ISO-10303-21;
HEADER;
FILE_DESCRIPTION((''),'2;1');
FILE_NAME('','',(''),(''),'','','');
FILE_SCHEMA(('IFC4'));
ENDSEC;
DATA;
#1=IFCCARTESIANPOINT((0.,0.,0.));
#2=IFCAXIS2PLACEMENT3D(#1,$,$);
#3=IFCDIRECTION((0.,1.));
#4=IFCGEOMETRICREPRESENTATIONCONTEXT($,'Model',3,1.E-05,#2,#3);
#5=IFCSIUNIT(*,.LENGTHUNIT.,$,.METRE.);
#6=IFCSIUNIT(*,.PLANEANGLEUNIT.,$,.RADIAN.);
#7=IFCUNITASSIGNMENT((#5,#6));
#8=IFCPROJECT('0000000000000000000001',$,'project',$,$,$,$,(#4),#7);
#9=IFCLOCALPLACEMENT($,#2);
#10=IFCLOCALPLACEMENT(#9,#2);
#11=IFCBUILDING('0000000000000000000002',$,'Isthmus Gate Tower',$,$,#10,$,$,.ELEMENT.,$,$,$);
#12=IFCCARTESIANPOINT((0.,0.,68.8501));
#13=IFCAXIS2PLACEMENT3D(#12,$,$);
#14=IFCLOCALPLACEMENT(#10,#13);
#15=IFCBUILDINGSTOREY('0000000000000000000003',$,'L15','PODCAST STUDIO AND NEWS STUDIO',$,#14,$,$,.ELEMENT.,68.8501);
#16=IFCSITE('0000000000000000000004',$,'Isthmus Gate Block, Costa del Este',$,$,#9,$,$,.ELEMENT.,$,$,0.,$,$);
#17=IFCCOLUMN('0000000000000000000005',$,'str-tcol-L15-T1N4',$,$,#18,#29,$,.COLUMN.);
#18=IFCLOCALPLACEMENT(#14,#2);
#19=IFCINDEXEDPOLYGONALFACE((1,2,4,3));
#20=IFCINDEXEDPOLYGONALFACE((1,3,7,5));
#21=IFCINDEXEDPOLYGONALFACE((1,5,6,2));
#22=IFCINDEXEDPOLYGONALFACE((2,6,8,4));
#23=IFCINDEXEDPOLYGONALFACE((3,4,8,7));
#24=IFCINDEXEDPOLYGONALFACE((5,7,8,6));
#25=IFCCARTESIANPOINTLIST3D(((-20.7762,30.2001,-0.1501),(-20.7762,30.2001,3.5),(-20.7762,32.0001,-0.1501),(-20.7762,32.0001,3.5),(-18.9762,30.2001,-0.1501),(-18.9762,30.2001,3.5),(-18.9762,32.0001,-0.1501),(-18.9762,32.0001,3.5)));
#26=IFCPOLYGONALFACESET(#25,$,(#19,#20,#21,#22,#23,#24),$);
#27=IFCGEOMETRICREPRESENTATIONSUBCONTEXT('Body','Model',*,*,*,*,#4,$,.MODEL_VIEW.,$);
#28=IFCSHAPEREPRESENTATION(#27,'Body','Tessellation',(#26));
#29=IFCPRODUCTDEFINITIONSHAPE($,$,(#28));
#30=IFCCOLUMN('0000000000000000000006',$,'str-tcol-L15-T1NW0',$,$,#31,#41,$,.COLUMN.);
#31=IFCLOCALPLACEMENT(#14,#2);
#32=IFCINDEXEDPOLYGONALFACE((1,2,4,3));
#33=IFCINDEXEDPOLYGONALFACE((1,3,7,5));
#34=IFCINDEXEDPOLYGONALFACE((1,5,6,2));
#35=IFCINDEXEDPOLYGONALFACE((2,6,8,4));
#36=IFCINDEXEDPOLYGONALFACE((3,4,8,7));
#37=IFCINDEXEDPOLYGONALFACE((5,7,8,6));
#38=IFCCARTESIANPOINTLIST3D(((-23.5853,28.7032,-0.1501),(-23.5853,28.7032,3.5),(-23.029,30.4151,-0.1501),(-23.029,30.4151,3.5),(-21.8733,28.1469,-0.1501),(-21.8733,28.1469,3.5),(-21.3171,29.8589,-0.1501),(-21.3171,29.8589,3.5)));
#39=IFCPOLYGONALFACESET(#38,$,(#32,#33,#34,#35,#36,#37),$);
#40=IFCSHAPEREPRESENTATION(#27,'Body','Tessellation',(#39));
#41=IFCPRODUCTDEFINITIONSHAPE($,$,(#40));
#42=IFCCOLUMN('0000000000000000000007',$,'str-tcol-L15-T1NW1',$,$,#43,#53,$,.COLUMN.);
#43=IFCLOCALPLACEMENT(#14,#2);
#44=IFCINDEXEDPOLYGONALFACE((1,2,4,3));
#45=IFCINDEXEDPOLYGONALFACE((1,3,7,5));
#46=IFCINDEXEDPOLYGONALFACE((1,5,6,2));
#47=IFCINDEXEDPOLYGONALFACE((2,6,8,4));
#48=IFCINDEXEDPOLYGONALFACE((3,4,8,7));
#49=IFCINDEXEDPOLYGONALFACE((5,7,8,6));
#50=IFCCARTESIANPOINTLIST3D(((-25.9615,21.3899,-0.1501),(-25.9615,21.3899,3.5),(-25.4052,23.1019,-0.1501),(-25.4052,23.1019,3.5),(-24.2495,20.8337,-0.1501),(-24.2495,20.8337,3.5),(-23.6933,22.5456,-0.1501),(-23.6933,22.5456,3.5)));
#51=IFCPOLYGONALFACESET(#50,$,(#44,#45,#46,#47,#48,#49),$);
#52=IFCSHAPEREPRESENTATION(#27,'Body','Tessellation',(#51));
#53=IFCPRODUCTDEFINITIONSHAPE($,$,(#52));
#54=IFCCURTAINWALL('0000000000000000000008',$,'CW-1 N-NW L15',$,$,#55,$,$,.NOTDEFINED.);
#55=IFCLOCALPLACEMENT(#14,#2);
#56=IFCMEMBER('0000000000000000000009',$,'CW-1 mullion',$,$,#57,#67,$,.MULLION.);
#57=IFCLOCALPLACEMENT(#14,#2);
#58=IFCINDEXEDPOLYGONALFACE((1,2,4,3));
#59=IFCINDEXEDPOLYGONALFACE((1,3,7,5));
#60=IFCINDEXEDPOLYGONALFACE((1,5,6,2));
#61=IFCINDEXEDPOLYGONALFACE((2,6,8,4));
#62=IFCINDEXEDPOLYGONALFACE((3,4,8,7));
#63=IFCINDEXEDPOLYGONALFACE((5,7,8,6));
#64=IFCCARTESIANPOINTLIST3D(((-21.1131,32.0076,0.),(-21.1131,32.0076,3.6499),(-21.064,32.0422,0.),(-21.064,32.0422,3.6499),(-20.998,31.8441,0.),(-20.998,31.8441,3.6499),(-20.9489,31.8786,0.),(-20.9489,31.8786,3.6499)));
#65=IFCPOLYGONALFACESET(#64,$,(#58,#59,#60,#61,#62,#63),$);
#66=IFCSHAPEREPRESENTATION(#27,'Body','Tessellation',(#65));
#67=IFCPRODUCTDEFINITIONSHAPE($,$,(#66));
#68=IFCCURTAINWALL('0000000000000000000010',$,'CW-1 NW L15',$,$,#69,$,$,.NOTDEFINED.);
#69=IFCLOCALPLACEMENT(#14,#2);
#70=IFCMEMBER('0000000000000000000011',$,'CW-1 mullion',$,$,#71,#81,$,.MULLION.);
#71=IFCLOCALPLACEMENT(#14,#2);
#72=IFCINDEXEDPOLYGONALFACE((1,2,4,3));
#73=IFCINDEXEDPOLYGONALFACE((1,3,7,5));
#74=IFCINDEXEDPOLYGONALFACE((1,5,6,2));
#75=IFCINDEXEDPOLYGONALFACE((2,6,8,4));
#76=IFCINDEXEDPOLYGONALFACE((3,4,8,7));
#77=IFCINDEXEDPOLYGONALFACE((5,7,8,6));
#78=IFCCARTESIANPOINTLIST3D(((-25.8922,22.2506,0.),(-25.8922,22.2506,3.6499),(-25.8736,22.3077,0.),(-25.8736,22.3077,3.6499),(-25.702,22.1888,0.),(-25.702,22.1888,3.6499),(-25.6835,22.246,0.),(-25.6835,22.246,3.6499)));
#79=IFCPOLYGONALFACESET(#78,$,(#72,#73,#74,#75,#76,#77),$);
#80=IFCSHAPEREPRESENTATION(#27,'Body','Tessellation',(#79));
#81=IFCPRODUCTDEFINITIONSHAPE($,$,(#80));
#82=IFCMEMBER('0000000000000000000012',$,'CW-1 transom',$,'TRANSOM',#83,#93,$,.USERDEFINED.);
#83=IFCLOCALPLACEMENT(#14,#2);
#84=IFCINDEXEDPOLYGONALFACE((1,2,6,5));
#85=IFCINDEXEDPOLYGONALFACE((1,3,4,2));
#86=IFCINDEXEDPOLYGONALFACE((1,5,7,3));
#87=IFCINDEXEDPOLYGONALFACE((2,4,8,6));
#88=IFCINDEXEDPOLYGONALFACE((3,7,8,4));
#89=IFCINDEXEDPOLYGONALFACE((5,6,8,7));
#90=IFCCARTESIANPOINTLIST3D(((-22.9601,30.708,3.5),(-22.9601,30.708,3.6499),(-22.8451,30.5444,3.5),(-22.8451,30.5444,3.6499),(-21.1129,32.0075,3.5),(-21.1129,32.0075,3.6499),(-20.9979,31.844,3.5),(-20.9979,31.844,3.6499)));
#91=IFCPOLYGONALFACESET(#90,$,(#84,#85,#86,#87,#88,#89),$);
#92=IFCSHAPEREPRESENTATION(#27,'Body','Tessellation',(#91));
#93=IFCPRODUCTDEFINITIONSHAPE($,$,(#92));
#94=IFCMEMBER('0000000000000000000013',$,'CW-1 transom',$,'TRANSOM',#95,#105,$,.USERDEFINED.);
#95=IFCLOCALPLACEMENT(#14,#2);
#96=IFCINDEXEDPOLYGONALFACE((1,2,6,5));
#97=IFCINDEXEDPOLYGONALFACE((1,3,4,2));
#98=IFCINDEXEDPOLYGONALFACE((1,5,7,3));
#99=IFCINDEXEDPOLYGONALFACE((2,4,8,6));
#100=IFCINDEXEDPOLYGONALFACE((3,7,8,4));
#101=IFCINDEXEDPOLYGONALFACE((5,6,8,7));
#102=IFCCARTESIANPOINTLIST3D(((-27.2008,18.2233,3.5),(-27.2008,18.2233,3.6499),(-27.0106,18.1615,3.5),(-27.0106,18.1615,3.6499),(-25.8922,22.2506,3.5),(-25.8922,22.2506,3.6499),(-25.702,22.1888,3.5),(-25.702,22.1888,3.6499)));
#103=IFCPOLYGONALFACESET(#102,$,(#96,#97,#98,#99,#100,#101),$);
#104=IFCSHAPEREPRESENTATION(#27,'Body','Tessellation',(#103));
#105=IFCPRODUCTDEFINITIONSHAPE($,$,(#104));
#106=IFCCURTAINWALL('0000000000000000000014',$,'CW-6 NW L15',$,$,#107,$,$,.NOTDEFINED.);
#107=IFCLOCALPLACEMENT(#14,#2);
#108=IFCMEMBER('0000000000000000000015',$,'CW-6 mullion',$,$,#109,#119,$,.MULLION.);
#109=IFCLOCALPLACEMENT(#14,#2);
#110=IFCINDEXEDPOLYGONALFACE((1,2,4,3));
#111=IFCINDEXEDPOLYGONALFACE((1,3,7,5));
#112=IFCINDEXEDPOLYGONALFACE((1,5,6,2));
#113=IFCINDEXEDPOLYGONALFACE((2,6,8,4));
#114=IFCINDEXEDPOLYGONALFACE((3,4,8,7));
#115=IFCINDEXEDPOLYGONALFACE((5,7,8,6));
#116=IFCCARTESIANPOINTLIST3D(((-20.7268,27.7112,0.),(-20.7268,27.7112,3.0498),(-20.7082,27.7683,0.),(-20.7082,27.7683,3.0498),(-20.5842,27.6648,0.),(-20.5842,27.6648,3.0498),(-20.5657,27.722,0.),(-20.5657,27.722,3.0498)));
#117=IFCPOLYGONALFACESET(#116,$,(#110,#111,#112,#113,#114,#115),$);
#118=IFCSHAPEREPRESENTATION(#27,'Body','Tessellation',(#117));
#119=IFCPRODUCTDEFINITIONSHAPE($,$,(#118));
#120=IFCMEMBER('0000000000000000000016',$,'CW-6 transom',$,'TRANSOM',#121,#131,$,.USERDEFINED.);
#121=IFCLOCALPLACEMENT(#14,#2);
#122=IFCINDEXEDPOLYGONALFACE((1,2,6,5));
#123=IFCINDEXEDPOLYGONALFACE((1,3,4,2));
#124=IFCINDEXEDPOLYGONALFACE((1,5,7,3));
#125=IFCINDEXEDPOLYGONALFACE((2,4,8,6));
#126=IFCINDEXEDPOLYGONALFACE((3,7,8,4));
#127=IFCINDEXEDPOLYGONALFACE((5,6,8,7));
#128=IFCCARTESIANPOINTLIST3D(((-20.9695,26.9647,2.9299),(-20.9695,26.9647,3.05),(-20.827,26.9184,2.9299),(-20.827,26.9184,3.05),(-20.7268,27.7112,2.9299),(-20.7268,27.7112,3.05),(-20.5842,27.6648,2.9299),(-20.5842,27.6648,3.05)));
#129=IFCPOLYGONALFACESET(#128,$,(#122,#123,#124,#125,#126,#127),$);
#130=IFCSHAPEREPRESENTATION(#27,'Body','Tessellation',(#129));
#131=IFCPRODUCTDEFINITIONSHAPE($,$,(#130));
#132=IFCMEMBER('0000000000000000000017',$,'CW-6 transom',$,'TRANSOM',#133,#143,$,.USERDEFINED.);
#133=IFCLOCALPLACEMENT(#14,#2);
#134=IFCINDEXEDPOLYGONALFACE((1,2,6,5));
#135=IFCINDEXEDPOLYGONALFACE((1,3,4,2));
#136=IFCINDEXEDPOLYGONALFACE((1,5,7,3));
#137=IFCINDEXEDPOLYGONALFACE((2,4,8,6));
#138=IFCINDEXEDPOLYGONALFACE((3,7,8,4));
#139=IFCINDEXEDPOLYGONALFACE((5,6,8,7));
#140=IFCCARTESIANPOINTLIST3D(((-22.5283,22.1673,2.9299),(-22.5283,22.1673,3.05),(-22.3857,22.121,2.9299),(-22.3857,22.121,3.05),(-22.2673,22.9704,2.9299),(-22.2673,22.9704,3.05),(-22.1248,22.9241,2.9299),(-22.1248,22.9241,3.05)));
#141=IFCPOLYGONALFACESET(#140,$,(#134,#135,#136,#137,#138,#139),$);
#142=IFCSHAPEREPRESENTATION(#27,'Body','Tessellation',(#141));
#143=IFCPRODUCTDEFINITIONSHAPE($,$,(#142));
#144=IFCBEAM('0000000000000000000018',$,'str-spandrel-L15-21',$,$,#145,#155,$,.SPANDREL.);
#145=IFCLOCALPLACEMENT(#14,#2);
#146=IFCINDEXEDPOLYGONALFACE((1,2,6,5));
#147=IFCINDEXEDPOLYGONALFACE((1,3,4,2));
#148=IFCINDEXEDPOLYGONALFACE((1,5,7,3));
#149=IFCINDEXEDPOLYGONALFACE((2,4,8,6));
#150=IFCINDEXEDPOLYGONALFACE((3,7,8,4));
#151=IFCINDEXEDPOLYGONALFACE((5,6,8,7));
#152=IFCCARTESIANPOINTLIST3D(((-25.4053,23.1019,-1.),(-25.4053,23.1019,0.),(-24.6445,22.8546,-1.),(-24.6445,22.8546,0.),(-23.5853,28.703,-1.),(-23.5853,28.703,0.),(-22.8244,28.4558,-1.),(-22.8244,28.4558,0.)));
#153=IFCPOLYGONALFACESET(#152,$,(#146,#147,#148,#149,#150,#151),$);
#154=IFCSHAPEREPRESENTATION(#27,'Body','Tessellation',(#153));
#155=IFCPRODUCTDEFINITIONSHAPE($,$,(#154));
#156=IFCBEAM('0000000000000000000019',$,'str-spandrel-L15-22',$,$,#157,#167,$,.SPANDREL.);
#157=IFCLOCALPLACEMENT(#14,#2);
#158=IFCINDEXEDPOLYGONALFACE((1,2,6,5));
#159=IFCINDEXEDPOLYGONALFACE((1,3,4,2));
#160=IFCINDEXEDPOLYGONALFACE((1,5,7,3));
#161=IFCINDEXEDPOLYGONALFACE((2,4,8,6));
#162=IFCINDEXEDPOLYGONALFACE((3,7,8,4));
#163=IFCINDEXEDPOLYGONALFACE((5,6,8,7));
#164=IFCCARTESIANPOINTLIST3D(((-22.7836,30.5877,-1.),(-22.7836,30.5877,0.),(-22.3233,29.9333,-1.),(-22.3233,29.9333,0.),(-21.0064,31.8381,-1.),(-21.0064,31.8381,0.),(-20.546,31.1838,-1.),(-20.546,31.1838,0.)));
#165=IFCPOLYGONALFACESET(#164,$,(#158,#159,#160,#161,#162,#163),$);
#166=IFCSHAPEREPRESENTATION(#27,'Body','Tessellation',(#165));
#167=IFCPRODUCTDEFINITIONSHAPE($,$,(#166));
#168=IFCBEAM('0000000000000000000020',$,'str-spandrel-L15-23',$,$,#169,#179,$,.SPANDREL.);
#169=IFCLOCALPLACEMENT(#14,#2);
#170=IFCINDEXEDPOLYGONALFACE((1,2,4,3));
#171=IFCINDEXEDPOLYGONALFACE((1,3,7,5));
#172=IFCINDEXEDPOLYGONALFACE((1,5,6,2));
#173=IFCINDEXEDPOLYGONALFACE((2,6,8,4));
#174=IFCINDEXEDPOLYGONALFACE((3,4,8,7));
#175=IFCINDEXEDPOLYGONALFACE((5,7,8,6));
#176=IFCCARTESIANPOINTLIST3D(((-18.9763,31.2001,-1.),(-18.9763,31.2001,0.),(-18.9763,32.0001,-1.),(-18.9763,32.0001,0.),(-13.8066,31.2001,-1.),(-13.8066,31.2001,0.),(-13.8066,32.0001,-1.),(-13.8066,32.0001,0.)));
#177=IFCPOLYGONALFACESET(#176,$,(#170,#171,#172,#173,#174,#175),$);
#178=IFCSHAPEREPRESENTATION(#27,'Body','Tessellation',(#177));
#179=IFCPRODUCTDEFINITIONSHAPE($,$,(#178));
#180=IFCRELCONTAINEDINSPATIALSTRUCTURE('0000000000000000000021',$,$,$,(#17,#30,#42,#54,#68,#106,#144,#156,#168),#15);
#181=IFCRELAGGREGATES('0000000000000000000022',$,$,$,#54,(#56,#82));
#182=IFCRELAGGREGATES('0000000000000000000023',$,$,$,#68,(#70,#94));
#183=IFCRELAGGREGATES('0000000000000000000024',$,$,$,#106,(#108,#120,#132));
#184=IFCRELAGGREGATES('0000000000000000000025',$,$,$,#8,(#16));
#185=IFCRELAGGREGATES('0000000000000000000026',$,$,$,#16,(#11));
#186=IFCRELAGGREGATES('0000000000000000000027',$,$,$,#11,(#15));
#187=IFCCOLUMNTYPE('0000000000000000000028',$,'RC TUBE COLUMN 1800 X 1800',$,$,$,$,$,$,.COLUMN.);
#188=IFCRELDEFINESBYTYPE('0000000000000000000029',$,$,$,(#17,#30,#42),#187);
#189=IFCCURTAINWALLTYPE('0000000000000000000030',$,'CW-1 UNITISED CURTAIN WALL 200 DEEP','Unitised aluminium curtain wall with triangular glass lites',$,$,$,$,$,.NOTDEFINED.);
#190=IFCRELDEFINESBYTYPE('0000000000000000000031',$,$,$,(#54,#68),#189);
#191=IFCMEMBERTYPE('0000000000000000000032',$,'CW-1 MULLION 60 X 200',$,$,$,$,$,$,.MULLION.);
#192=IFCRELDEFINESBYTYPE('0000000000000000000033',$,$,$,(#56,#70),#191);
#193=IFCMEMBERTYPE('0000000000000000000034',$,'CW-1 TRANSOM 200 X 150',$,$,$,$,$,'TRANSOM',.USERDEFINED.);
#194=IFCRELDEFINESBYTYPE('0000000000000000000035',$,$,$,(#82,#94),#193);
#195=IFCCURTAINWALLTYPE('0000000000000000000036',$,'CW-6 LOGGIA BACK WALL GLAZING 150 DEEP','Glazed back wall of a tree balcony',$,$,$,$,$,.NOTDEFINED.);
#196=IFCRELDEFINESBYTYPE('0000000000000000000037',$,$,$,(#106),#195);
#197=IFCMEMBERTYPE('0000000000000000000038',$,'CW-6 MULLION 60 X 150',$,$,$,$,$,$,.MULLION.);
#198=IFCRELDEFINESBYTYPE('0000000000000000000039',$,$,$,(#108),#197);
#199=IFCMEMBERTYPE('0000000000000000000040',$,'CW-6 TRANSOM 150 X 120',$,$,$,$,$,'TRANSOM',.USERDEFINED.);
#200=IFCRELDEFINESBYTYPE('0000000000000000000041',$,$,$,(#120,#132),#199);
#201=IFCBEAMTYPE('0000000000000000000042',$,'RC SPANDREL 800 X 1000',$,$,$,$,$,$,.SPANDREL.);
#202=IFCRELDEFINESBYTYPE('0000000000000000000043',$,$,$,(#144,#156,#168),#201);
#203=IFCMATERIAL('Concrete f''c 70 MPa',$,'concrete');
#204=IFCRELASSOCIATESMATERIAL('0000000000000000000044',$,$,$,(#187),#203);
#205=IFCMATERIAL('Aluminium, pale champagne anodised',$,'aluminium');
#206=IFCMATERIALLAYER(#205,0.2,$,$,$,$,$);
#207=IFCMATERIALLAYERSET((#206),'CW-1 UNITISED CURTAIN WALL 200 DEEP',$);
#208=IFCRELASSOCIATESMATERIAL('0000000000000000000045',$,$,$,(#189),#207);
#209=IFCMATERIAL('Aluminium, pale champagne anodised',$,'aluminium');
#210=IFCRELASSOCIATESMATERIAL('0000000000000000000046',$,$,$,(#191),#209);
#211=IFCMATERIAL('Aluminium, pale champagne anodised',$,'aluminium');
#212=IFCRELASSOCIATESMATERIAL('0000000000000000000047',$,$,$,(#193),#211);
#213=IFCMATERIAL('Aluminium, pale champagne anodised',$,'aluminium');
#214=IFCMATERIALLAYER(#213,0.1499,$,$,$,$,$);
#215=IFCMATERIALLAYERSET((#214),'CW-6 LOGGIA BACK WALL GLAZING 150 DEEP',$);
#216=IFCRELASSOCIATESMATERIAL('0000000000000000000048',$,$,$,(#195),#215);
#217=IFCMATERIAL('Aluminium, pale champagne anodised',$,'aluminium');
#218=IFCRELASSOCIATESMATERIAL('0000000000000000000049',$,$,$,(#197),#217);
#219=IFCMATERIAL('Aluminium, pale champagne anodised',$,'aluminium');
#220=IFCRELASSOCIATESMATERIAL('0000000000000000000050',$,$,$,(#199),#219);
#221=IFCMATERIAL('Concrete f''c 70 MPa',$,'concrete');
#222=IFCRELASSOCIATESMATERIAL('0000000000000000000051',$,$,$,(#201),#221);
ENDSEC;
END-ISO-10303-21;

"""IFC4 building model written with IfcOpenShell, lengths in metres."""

from ifc_helpers import new_model, si_unit, direction, frame, origin, origin_2d, place, context, subcontext, project, spatial, rectangle, extrude, material, layer, layer_set, material_profile, profile_set, type_object, element, aggregate, save


model = new_model("IFC4")

# Units and contexts
model_context = context("Model", 3, precision=1e-05, world=origin(), true_north=direction((0.0, 1.0)))
body_context = subcontext(model_context, "Body", "Model", "MODEL_VIEW")
ifc_project = project(units=[si_unit("LENGTHUNIT", "METRE"), si_unit("PLANEANGLEUNIT", "RADIAN")], contexts=[model_context])

# Site, building, storey
site_placement = place(None, origin())
site = spatial("IfcSite", under=ifc_project, at=site_placement, Name="Isthmus Gate Block, Costa del Este", CompositionType="ELEMENT", RefElevation=0.0)
building_placement = place(site_placement, origin())
building = spatial("IfcBuilding", under=site, at=building_placement, Name="Isthmus Gate Tower", CompositionType="ELEMENT")
storey_placement = place(building_placement, frame((0.0, 0.0, 68.8501)))
storey = spatial("IfcBuildingStorey", under=building, at=storey_placement, Name="L15", Description="PODCAST STUDIO AND NEWS STUDIO", CompositionType="ELEMENT", Elevation=68.8501)

# Columns
ifc_material_1 = material(Name="Concrete f'c 70 MPa", Category="concrete")
ifc_material_profile_1 = material_profile(ifc_material_1, rectangle(XDim=1.8, YDim=1.8, at=origin_2d()), Name="RC 1800X1800")
ifc_profile_set_1 = profile_set([ifc_material_profile_1], Name="Concrete f'c 70 MPa")
column_type = type_object("IfcColumnType", Name="RC TUBE COLUMN 1800 X 1800", PredefinedType="COLUMN", material=ifc_profile_set_1)
for number, where, z_axis, x_axis, name in (
    (1, (-19.8762, 31.1001, -0.1501), (0.0, 0.0, 1.0), (-1.0, 0.0, 0.0), "str-tcol-L15-T1N4"),
    (2, (-22.4512, 29.281, -0.1501), (0.0, 0.0, 1.0), (-0.309017, -0.951057, 0.0), "str-tcol-L15-T1NW0"),
    (3, (-24.8274, 21.9678, -0.1501), (0.0, 0.0, 1.0), (-0.309017, -0.951057, 0.0), "str-tcol-L15-T1NW1"),
):
    element("IfcColumn", number, at=place(storey_placement, frame(where, z_axis=z_axis, x_axis=x_axis)), inside=storey, type_object=column_type, Name=name, PredefinedType="COLUMN", context=body_context, shape_type="SweptSolid", body=[
        extrude(rectangle(XDim=1.8, YDim=1.8, at=origin_2d()), origin(), (0.0, 0.0, 1.0), 3.6501),
    ])

# Curtain walls, members
ifc_material_2 = material(Name="Aluminium, pale champagne anodised", Category="aluminium")
ifc_layer_1 = layer(ifc_material_2, 0.2)
ifc_layer_set_1 = layer_set([ifc_layer_1], Name="CW-1 UNITISED CURTAIN WALL 200 DEEP")
curtain_wall_type_1 = type_object("IfcCurtainWallType", Name="CW-1 UNITISED CURTAIN WALL 200 DEEP", Description="Unitised aluminium curtain wall with triangular glass lites", PredefinedType="NOTDEFINED", material=ifc_layer_set_1)
curtain_wall_1_placement = place(storey_placement, origin())
curtain_wall_1 = element("IfcCurtainWall", 4, at=curtain_wall_1_placement, inside=storey, type_object=curtain_wall_type_1, Name="CW-1 N-NW L15", PredefinedType="NOTDEFINED")
ifc_material_3 = material(Name="Aluminium, pale champagne anodised", Category="aluminium")
ifc_material_profile_2 = material_profile(ifc_material_3, rectangle(XDim=0.0601, YDim=0.2, at=origin_2d()), Name="60x200")
ifc_profile_set_2 = profile_set([ifc_material_profile_2], Name="Aluminium, pale champagne anodised")
member_type_1 = type_object("IfcMemberType", Name="CW-1 MULLION 60 X 200", PredefinedType="MULLION", material=ifc_profile_set_2)
member_1_placement = place(storey_placement, frame((-21.031, 31.9431, 0.0), z_axis=(0.0, 0.0, 1.0), x_axis=(-0.81786, -0.575418, 0.0)))
member_1 = element("IfcMember", 5, at=member_1_placement, type_object=member_type_1, Name="CW-1 mullion", PredefinedType="MULLION", context=body_context, shape_type="SweptSolid", body=[
    extrude(rectangle(XDim=0.0601, YDim=0.2, at=origin_2d()), origin(), (0.0, 0.0, 1.0), 3.6499),
])
curtain_wall_2_placement = place(storey_placement, origin())
curtain_wall_2 = element("IfcCurtainWall", 6, at=curtain_wall_2_placement, inside=storey, type_object=curtain_wall_type_1, Name="CW-1 NW L15", PredefinedType="NOTDEFINED")
member_2_placement = place(storey_placement, frame((-25.7878, 22.2483, 0.0), z_axis=(0.0, 0.0, 1.0), x_axis=(-0.309017, -0.951057, 0.0)))
member_2 = element("IfcMember", 7, at=member_2_placement, type_object=member_type_1, Name="CW-1 mullion", PredefinedType="MULLION", context=body_context, shape_type="SweptSolid", body=[
    extrude(rectangle(XDim=0.0601, YDim=0.2, at=origin_2d()), origin(), (0.0, 0.0, 1.0), 3.6499),
])

# Members
ifc_material_4 = material(Name="Aluminium, pale champagne anodised", Category="aluminium")
ifc_material_profile_3 = material_profile(ifc_material_4, rectangle(XDim=0.2, YDim=0.1499, at=origin_2d()), Name="200x150")
ifc_profile_set_3 = profile_set([ifc_material_profile_3], Name="Aluminium, pale champagne anodised")
member_type_2 = type_object("IfcMemberType", Name="CW-1 TRANSOM 200 X 150", ElementType="TRANSOM", PredefinedType="USERDEFINED", material=ifc_profile_set_3)
member_3_placement = place(storey_placement, frame((-21.0554, 31.9258, 3.575), z_axis=(-0.817869, -0.575405, 0.0), x_axis=(0.575405, -0.817869, 0.0)))
member_3 = element("IfcMember", 8, at=member_3_placement, type_object=member_type_2, Name="CW-1 transom", ObjectType="TRANSOM", PredefinedType="USERDEFINED", context=body_context, shape_type="SweptSolid", body=[
    extrude(rectangle(XDim=0.2, YDim=0.1499, at=origin_2d()), origin(), (0.0, 0.0, 1.0), 2.2585),
])
member_4_placement = place(storey_placement, frame((-25.7971, 22.2197, 3.575), z_axis=(-0.309023, -0.951054, 0.0), x_axis=(0.951054, -0.309023, 0.0)))
member_4 = element("IfcMember", 9, at=member_4_placement, type_object=member_type_2, Name="CW-1 transom", ObjectType="TRANSOM", PredefinedType="USERDEFINED", context=body_context, shape_type="SweptSolid", body=[
    extrude(rectangle(XDim=0.2, YDim=0.1499, at=origin_2d()), origin(), (0.0, 0.0, 1.0), 4.2346),
])

# Curtain wall, members
ifc_material_5 = material(Name="Aluminium, pale champagne anodised", Category="aluminium")
ifc_layer_2 = layer(ifc_material_5, 0.1499)
ifc_layer_set_2 = layer_set([ifc_layer_2], Name="CW-6 LOGGIA BACK WALL GLAZING 150 DEEP")
curtain_wall_type_2 = type_object("IfcCurtainWallType", Name="CW-6 LOGGIA BACK WALL GLAZING 150 DEEP", Description="Glazed back wall of a tree balcony", PredefinedType="NOTDEFINED", material=ifc_layer_set_2)
curtain_wall_3_placement = place(storey_placement, origin())
curtain_wall_3 = element("IfcCurtainWall", 10, at=curtain_wall_3_placement, inside=storey, type_object=curtain_wall_type_2, Name="CW-6 NW L15", PredefinedType="NOTDEFINED")
ifc_material_6 = material(Name="Aluminium, pale champagne anodised", Category="aluminium")
ifc_material_profile_4 = material_profile(ifc_material_6, rectangle(XDim=0.0601, YDim=0.1499, at=origin_2d()), Name="60x150")
ifc_profile_set_4 = profile_set([ifc_material_profile_4], Name="Aluminium, pale champagne anodised")
member_type_3 = type_object("IfcMemberType", Name="CW-6 MULLION 60 X 150", PredefinedType="MULLION", material=ifc_profile_set_4)
member_5_placement = place(storey_placement, frame((-20.6462, 27.7166, 0.0), z_axis=(0.0, 0.0, 1.0), x_axis=(-0.309017, -0.951057, 0.0)))
member_5 = element("IfcMember", 11, at=member_5_placement, type_object=member_type_3, Name="CW-6 mullion", PredefinedType="MULLION", context=body_context, shape_type="SweptSolid", body=[
    extrude(rectangle(XDim=0.0601, YDim=0.1499, at=origin_2d()), origin(), (0.0, 0.0, 1.0), 3.0498),
])
ifc_material_7 = material(Name="Aluminium, pale champagne anodised", Category="aluminium")
ifc_material_profile_5 = material_profile(ifc_material_7, rectangle(XDim=0.1499, YDim=0.1201, at=origin_2d()), Name="150x120")
ifc_profile_set_5 = profile_set([ifc_material_profile_5], Name="Aluminium, pale champagne anodised")
member_type_4 = type_object("IfcMemberType", Name="CW-6 TRANSOM 150 X 120", ElementType="TRANSOM", PredefinedType="USERDEFINED", material=ifc_profile_set_5)
member_6_placement = place(storey_placement, frame((-20.6555, 27.688, 2.99), z_axis=(-0.30922, -0.950991, 0.0), x_axis=(0.950991, -0.30922, 0.0)))
member_6 = element("IfcMember", 12, at=member_6_placement, type_object=member_type_4, Name="CW-6 transom", ObjectType="TRANSOM", PredefinedType="USERDEFINED", context=body_context, shape_type="SweptSolid", body=[
    extrude(rectangle(XDim=0.1499, YDim=0.1201, at=origin_2d()), origin(), (0.0, 0.0, 1.0), 0.7849),
])
member_7_placement = place(storey_placement, frame((-22.196, 22.9473, 2.99), z_axis=(-0.309021, -0.951055, 0.0), x_axis=(0.951055, -0.309021, 0.0)))
member_7 = element("IfcMember", 13, at=member_7_placement, type_object=member_type_4, Name="CW-6 transom", ObjectType="TRANSOM", PredefinedType="USERDEFINED", context=body_context, shape_type="SweptSolid", body=[
    extrude(rectangle(XDim=0.1499, YDim=0.1201, at=origin_2d()), origin(), (0.0, 0.0, 1.0), 0.8445),
])

# Beams
ifc_material_8 = material(Name="Concrete f'c 70 MPa", Category="concrete")
ifc_material_profile_6 = material_profile(ifc_material_8, rectangle(XDim=0.8, YDim=1.0, at=origin_2d()), Name="RC 800X1000")
ifc_profile_set_6 = profile_set([ifc_material_profile_6], Name="Concrete f'c 70 MPa")
beam_type_1 = type_object("IfcBeamType", Name="RC SPANDREL 800 X 1000", PredefinedType="SPANDREL", material=ifc_profile_set_6)
beam_1_placement = place(storey_placement, frame((-25.0249, 22.9783, -0.5), z_axis=(0.309043, 0.951048, 0.0), x_axis=(-0.951048, 0.309043, 0.0)))
element("IfcBeam", 14, at=beam_1_placement, inside=storey, type_object=beam_type_1, Name="str-spandrel-L15-21", PredefinedType="SPANDREL", context=body_context, shape_type="SweptSolid", body=[
    extrude(rectangle(XDim=0.8, YDim=1.0, at=origin_2d()), origin(), (0.0, 0.0, 1.0), 5.8894),
])
beam_2_placement = place(storey_placement, frame((-22.5535, 30.2605, -0.5), z_axis=(0.817857, 0.575421, 0.0), x_axis=(-0.575421, 0.817857, 0.0)))
element("IfcBeam", 15, at=beam_2_placement, inside=storey, type_object=beam_type_1, Name="str-spandrel-L15-22", PredefinedType="SPANDREL", context=body_context, shape_type="SweptSolid", body=[
    extrude(rectangle(XDim=0.8, YDim=1.0, at=origin_2d()), origin(), (0.0, 0.0, 1.0), 2.1731),
])
beam_3_placement = place(storey_placement, frame((-18.9763, 31.6001, -0.5), z_axis=(1.0, 0.0, 0.0), x_axis=(0.0, 1.0, 0.0)))
element("IfcBeam", 16, at=beam_3_placement, inside=storey, type_object=beam_type_1, Name="str-spandrel-L15-23", PredefinedType="SPANDREL", context=body_context, shape_type="SweptSolid", body=[
    extrude(rectangle(XDim=0.8, YDim=1.0, at=origin_2d()), origin(), (0.0, 0.0, 1.0), 5.1697),
])

aggregate(curtain_wall_1, [member_1, member_3])
aggregate(curtain_wall_2, [member_2, member_4])
aggregate(curtain_wall_3, [member_5, member_6, member_7])

save(model, "model.ifc")
